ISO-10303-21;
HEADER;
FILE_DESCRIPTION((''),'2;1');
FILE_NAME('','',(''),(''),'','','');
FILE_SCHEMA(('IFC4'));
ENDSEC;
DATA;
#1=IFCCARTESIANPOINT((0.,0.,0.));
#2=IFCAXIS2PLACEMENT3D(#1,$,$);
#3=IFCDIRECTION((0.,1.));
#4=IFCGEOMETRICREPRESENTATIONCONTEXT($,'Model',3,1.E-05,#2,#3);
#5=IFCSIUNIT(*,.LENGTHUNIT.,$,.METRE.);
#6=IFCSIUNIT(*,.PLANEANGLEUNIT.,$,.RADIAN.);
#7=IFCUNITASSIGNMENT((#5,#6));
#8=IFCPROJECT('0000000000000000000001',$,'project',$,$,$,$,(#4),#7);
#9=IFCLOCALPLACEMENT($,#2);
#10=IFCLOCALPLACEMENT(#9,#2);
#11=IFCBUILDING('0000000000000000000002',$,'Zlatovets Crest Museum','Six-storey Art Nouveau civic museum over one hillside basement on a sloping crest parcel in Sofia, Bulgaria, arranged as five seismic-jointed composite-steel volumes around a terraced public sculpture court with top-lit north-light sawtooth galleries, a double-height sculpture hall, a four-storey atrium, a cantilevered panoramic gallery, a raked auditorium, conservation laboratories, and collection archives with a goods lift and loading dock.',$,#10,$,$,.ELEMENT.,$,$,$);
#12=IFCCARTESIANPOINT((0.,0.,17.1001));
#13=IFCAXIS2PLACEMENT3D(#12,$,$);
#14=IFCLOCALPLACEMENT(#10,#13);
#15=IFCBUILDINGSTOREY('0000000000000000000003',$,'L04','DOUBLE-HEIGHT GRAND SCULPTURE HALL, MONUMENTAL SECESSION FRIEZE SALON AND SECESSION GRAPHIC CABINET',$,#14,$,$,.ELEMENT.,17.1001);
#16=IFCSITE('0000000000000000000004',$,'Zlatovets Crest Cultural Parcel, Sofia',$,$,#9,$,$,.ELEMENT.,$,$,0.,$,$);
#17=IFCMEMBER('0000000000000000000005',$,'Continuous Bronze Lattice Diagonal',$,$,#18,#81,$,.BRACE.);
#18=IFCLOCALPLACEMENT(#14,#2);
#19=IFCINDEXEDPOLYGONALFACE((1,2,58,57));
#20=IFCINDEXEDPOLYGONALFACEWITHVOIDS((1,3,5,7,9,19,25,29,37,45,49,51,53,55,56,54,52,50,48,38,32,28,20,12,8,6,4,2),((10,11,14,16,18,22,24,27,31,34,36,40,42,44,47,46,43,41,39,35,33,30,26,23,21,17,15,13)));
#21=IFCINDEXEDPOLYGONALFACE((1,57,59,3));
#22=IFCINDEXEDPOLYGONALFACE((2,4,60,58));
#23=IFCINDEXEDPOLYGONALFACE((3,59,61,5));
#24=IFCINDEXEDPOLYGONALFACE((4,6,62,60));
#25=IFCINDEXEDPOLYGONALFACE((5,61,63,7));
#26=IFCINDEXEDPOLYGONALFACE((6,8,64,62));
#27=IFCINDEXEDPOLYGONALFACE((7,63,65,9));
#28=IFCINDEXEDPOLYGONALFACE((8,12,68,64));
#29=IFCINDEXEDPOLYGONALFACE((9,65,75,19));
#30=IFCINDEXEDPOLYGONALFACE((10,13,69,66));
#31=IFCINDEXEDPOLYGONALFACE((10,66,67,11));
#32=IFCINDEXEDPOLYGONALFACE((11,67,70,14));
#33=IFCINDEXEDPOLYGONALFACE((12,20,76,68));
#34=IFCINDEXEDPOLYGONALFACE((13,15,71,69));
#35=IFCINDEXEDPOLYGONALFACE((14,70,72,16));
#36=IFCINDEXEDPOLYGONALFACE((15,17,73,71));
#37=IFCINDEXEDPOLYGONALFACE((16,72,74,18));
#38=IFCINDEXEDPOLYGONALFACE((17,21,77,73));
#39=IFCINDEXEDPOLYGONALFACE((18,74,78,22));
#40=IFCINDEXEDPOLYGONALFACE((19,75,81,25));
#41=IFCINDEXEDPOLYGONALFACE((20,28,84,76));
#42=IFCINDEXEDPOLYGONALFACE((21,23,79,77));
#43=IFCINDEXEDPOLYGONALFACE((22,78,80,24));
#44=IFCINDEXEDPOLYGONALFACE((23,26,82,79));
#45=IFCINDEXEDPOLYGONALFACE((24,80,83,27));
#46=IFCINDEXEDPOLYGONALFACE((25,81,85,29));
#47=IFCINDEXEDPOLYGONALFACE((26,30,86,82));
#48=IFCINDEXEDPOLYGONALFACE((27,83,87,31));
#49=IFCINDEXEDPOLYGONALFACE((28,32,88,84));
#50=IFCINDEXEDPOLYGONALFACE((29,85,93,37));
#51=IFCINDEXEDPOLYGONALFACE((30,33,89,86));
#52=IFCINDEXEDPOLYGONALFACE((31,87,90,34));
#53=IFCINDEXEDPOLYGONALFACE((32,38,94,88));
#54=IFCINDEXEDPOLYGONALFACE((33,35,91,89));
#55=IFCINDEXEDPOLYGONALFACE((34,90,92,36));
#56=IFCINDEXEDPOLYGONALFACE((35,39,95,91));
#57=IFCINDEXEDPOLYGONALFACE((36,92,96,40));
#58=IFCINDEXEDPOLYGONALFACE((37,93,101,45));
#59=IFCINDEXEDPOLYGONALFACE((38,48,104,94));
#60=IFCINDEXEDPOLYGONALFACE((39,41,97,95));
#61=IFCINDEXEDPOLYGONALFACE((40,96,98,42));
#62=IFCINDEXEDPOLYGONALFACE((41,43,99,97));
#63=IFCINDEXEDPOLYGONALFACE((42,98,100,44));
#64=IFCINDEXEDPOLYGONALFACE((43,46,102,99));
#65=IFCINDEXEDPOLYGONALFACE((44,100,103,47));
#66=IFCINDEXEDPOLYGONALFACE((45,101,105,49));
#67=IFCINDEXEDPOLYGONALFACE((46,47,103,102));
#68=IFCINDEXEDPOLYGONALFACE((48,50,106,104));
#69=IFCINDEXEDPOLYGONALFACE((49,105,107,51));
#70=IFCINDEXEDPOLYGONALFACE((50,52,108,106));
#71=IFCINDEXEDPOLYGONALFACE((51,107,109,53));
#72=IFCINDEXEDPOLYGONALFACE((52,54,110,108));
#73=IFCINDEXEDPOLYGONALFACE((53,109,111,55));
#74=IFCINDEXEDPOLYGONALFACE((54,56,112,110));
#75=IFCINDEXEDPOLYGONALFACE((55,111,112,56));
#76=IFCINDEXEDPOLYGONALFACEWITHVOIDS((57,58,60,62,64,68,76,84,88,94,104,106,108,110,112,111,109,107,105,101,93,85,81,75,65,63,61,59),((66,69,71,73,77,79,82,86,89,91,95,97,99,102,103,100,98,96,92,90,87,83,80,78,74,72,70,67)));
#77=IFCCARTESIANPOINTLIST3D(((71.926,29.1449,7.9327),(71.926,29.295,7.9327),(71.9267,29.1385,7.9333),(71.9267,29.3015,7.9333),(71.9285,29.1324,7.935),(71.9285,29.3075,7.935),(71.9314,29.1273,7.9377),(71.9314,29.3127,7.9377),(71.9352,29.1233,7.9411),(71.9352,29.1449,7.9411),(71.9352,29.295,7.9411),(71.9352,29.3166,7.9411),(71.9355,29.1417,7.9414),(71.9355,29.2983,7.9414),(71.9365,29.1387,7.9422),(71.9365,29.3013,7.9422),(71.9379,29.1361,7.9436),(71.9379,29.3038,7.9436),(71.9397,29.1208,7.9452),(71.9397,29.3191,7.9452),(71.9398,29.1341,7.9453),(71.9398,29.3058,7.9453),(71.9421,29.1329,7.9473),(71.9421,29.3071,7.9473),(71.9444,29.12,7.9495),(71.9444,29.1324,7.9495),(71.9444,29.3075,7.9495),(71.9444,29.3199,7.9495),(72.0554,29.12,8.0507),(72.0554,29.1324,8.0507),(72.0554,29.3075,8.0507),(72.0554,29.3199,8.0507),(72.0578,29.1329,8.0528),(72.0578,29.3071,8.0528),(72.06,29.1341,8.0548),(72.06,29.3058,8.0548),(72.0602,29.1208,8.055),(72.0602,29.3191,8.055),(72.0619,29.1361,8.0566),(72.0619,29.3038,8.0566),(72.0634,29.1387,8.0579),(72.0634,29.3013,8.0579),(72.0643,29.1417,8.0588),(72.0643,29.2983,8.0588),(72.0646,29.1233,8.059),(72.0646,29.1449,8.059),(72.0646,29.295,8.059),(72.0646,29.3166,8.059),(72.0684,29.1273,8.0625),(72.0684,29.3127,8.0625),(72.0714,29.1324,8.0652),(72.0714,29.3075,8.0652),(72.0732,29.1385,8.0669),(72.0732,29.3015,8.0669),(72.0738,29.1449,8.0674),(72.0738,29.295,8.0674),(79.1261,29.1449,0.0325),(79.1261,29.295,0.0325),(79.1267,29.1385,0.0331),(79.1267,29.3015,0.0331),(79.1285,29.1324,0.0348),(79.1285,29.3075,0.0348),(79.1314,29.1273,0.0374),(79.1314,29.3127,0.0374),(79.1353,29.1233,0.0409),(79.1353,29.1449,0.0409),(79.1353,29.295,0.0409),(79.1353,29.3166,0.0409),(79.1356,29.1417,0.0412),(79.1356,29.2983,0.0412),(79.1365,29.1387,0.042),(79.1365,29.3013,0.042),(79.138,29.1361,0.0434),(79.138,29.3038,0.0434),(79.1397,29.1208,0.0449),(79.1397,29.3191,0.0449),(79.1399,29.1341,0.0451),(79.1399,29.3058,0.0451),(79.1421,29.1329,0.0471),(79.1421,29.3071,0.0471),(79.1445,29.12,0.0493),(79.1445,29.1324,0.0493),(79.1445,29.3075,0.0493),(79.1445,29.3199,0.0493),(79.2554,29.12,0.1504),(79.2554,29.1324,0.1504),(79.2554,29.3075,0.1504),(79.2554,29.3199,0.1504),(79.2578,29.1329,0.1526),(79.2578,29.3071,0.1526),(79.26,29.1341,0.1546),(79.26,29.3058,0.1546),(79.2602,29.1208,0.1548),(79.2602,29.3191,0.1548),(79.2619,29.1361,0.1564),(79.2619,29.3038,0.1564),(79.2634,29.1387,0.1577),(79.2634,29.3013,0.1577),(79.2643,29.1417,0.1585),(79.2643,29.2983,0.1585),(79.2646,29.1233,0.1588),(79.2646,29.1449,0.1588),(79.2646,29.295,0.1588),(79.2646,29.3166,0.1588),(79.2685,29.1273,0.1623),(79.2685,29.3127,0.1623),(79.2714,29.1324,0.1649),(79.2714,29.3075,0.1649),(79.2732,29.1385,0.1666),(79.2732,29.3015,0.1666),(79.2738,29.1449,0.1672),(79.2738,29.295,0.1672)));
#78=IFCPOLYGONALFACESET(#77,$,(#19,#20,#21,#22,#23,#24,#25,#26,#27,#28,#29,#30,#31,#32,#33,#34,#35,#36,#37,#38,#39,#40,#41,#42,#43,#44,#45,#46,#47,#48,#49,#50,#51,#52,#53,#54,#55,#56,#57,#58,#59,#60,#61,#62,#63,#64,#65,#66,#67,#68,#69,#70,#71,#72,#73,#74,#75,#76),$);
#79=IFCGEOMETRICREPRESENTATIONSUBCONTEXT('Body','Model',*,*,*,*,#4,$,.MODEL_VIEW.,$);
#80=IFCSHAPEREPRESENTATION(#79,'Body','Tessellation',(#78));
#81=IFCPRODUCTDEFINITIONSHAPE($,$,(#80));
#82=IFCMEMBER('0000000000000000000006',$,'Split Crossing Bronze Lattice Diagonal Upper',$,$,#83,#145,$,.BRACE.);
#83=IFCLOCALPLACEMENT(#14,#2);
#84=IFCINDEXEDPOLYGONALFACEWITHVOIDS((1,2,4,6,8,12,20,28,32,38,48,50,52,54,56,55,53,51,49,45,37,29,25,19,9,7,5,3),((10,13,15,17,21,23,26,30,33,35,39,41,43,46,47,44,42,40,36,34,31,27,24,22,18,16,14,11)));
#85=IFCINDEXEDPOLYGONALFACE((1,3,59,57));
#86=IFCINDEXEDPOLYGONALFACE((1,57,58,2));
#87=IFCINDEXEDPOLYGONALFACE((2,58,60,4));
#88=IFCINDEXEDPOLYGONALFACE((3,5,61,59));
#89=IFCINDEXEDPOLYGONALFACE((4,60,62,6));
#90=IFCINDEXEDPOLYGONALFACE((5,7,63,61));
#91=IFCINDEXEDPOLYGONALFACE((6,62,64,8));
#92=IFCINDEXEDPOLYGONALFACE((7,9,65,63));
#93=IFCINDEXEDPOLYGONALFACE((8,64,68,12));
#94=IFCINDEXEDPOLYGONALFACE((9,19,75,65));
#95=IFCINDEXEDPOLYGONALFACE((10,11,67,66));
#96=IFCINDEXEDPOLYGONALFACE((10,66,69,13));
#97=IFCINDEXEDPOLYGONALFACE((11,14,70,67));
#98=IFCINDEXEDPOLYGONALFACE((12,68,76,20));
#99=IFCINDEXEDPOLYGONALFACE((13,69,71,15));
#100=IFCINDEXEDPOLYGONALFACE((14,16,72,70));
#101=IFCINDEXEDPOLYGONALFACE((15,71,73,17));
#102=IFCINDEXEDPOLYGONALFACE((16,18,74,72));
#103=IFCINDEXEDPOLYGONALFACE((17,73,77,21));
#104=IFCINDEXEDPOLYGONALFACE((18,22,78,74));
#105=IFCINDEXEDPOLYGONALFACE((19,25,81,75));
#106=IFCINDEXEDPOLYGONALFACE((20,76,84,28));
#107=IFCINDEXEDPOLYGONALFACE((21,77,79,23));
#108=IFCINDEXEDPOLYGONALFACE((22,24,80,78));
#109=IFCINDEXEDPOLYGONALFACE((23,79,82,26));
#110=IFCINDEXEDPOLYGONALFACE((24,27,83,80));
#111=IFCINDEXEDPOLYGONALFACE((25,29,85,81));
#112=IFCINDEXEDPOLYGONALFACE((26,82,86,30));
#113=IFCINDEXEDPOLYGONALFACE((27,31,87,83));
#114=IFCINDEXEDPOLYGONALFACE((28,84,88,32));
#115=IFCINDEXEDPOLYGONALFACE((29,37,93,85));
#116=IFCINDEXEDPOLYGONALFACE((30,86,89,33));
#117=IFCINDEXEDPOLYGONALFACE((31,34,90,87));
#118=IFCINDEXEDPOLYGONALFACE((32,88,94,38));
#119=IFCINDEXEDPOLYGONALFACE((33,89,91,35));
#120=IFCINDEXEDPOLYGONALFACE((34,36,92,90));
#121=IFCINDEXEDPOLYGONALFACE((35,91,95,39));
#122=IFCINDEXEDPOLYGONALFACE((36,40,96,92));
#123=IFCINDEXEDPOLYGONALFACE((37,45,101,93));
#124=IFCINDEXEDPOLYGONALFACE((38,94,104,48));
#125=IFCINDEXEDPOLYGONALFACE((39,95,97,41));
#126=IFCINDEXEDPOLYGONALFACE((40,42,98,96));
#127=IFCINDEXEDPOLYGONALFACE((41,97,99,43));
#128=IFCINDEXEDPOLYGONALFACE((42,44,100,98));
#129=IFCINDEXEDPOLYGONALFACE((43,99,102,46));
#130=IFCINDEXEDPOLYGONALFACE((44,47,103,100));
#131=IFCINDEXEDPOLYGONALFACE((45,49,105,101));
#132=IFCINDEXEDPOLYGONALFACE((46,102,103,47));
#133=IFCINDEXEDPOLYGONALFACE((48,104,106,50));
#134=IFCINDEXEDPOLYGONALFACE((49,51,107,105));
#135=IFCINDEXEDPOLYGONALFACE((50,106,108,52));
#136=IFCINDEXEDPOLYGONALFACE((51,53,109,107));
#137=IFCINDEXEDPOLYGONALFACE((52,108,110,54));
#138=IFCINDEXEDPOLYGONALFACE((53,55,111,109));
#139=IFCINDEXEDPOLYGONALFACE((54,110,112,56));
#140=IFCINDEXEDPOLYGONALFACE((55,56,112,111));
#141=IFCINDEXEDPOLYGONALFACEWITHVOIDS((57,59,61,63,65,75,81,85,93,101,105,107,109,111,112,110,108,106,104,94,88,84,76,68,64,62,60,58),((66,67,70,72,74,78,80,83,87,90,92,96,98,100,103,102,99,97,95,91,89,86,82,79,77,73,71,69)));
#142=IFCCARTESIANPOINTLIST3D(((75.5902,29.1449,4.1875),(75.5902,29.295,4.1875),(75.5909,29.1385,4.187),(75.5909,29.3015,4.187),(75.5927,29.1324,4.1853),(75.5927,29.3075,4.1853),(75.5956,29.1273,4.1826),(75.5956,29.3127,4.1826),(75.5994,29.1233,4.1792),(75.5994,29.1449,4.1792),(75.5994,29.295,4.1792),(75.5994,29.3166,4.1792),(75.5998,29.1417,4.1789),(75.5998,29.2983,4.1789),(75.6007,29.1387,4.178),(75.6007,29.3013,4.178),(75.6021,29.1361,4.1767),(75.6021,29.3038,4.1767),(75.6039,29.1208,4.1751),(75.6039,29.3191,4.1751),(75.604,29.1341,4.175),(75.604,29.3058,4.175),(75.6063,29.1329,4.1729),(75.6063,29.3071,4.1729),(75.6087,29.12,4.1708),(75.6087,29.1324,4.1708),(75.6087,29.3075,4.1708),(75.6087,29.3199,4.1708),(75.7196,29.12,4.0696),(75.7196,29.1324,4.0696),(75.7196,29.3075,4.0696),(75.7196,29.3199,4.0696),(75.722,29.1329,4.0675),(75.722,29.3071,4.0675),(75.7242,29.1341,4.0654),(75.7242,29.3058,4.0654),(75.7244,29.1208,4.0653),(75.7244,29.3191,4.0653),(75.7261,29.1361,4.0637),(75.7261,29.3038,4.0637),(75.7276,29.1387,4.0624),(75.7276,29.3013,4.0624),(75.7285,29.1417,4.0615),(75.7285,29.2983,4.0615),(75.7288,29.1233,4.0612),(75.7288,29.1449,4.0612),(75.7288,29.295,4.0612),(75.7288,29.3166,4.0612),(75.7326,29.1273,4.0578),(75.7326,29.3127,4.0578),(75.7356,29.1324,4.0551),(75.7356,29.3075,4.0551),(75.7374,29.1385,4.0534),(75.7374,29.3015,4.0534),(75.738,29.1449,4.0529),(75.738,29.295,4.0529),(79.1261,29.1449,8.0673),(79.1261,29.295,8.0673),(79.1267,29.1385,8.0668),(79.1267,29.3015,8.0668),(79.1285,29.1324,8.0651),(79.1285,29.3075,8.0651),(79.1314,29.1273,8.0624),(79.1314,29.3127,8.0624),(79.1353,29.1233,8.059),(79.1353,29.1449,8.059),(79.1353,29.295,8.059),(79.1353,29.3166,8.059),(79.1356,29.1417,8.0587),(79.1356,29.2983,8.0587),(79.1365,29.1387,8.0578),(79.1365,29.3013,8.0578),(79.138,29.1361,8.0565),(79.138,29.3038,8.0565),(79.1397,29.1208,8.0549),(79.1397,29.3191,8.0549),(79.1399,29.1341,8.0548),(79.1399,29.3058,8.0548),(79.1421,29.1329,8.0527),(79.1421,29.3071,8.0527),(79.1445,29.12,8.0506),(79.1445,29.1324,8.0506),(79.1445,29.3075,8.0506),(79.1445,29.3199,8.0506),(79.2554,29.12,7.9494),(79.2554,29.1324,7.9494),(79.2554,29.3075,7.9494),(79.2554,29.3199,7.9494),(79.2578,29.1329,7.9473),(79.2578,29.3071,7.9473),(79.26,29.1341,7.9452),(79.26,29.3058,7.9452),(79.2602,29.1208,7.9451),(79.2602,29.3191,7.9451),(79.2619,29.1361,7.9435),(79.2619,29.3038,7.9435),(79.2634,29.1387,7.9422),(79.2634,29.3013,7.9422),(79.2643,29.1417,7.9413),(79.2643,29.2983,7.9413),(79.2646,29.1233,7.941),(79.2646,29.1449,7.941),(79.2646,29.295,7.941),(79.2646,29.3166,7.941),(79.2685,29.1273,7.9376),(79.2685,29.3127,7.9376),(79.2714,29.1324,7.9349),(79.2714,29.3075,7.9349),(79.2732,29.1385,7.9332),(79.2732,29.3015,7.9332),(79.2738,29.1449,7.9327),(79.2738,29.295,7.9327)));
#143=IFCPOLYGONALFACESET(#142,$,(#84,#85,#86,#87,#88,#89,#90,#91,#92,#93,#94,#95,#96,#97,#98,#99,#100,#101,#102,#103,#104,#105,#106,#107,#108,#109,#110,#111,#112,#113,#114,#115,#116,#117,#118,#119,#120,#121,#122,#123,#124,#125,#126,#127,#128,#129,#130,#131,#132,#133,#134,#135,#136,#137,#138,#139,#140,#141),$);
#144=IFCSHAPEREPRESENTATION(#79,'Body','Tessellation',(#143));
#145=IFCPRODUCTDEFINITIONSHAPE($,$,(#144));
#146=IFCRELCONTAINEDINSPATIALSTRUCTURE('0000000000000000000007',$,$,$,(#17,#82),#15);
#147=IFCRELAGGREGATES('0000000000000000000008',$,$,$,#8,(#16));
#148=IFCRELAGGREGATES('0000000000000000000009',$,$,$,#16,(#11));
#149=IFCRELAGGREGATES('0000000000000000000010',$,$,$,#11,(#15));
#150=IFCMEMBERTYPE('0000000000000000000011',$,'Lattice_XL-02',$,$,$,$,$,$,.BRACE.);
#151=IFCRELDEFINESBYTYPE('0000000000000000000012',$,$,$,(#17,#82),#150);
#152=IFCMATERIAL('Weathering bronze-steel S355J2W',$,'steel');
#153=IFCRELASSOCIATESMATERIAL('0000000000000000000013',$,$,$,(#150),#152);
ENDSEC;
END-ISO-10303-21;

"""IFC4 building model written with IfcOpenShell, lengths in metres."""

from ifc_helpers import new_model, si_unit, direction, frame, origin, origin_2d, place, context, subcontext, project, spatial, hollow_rectangle, extrude, material, material_profile, profile_set, type_object, element, save


model = new_model("IFC4")

# Units and contexts
model_context = context("Model", 3, precision=1e-05, world=origin(), true_north=direction((0.0, 1.0)))
body_context = subcontext(model_context, "Body", "Model", "MODEL_VIEW")
ifc_project = project(units=[si_unit("LENGTHUNIT", "METRE"), si_unit("PLANEANGLEUNIT", "RADIAN")], contexts=[model_context])

# Site, building, storey
site_placement = place(None, origin())
site = spatial("IfcSite", under=ifc_project, at=site_placement, Name="Zlatovets Crest Cultural Parcel, Sofia", CompositionType="ELEMENT", RefElevation=0.0)
building_placement = place(site_placement, origin())
building = spatial("IfcBuilding", under=site, at=building_placement, Name="Zlatovets Crest Museum", Description="Six-storey Art Nouveau civic museum over one hillside basement on a sloping crest parcel in Sofia, Bulgaria, arranged as five seismic-jointed composite-steel volumes around a terraced public sculpture court with top-lit north-light sawtooth galleries, a double-height sculpture hall, a four-storey atrium, a cantilevered panoramic gallery, a raked auditorium, conservation laboratories, and collection archives with a goods lift and loading dock.", CompositionType="ELEMENT")
storey_placement = place(building_placement, frame((0.0, 0.0, 17.1001)))
storey = spatial("IfcBuildingStorey", under=building, at=storey_placement, Name="L04", Description="DOUBLE-HEIGHT GRAND SCULPTURE HALL, MONUMENTAL SECESSION FRIEZE SALON AND SECESSION GRAPHIC CABINET", CompositionType="ELEMENT", Elevation=17.1001)

# Members
ifc_material_1 = material(Name="Weathering bronze-steel S355J2W", Category="steel")
ifc_material_profile_1 = material_profile(ifc_material_1, hollow_rectangle(XDim=0.2, YDim=0.2, WallThickness=0.0125, InnerFilletRadius=0.0125, OuterFilletRadius=0.0249, at=origin_2d()), Name="SHS 200x200x12.5")
ifc_profile_set_1 = profile_set([ifc_material_profile_1], Name="Weathering bronze-steel S355J2W")
member_type_1 = type_object("IfcMemberType", Name="Lattice_XL-02", PredefinedType="BRACE", material=ifc_profile_set_1)
member_1_placement = place(storey_placement, frame((79.2, 29.22, 0.0999), z_axis=(-0.673594, 0.0, 0.739101), x_axis=(0.0, -1.0, 0.0)))
element("IfcMember", 1, at=member_1_placement, inside=storey, type_object=member_type_1, Name="Continuous Bronze Lattice Diagonal", PredefinedType="BRACE", context=body_context, shape_type="SweptSolid", body=[
    extrude(hollow_rectangle(XDim=0.2, YDim=0.2, WallThickness=0.0125, InnerFilletRadius=0.0125, OuterFilletRadius=0.0249, at=origin_2d()), origin(), (0.0, 0.0, 1.0), 10.689),
])
member_2_placement = place(storey_placement, frame((79.2, 29.22, 8.0), z_axis=(-0.673582, 0.0, -0.739112), x_axis=(0.0, -1.0, 0.0)))
element("IfcMember", 2, at=member_2_placement, inside=storey, type_object=member_type_1, Name="Split Crossing Bronze Lattice Diagonal Upper", PredefinedType="BRACE", context=body_context, shape_type="SweptSolid", body=[
    extrude(hollow_rectangle(XDim=0.2, YDim=0.2, WallThickness=0.0125, InnerFilletRadius=0.0125, OuterFilletRadius=0.0249, at=origin_2d()), origin(), (0.0, 0.0, 1.0), 5.2493),
])

save(model, "model.ifc")
